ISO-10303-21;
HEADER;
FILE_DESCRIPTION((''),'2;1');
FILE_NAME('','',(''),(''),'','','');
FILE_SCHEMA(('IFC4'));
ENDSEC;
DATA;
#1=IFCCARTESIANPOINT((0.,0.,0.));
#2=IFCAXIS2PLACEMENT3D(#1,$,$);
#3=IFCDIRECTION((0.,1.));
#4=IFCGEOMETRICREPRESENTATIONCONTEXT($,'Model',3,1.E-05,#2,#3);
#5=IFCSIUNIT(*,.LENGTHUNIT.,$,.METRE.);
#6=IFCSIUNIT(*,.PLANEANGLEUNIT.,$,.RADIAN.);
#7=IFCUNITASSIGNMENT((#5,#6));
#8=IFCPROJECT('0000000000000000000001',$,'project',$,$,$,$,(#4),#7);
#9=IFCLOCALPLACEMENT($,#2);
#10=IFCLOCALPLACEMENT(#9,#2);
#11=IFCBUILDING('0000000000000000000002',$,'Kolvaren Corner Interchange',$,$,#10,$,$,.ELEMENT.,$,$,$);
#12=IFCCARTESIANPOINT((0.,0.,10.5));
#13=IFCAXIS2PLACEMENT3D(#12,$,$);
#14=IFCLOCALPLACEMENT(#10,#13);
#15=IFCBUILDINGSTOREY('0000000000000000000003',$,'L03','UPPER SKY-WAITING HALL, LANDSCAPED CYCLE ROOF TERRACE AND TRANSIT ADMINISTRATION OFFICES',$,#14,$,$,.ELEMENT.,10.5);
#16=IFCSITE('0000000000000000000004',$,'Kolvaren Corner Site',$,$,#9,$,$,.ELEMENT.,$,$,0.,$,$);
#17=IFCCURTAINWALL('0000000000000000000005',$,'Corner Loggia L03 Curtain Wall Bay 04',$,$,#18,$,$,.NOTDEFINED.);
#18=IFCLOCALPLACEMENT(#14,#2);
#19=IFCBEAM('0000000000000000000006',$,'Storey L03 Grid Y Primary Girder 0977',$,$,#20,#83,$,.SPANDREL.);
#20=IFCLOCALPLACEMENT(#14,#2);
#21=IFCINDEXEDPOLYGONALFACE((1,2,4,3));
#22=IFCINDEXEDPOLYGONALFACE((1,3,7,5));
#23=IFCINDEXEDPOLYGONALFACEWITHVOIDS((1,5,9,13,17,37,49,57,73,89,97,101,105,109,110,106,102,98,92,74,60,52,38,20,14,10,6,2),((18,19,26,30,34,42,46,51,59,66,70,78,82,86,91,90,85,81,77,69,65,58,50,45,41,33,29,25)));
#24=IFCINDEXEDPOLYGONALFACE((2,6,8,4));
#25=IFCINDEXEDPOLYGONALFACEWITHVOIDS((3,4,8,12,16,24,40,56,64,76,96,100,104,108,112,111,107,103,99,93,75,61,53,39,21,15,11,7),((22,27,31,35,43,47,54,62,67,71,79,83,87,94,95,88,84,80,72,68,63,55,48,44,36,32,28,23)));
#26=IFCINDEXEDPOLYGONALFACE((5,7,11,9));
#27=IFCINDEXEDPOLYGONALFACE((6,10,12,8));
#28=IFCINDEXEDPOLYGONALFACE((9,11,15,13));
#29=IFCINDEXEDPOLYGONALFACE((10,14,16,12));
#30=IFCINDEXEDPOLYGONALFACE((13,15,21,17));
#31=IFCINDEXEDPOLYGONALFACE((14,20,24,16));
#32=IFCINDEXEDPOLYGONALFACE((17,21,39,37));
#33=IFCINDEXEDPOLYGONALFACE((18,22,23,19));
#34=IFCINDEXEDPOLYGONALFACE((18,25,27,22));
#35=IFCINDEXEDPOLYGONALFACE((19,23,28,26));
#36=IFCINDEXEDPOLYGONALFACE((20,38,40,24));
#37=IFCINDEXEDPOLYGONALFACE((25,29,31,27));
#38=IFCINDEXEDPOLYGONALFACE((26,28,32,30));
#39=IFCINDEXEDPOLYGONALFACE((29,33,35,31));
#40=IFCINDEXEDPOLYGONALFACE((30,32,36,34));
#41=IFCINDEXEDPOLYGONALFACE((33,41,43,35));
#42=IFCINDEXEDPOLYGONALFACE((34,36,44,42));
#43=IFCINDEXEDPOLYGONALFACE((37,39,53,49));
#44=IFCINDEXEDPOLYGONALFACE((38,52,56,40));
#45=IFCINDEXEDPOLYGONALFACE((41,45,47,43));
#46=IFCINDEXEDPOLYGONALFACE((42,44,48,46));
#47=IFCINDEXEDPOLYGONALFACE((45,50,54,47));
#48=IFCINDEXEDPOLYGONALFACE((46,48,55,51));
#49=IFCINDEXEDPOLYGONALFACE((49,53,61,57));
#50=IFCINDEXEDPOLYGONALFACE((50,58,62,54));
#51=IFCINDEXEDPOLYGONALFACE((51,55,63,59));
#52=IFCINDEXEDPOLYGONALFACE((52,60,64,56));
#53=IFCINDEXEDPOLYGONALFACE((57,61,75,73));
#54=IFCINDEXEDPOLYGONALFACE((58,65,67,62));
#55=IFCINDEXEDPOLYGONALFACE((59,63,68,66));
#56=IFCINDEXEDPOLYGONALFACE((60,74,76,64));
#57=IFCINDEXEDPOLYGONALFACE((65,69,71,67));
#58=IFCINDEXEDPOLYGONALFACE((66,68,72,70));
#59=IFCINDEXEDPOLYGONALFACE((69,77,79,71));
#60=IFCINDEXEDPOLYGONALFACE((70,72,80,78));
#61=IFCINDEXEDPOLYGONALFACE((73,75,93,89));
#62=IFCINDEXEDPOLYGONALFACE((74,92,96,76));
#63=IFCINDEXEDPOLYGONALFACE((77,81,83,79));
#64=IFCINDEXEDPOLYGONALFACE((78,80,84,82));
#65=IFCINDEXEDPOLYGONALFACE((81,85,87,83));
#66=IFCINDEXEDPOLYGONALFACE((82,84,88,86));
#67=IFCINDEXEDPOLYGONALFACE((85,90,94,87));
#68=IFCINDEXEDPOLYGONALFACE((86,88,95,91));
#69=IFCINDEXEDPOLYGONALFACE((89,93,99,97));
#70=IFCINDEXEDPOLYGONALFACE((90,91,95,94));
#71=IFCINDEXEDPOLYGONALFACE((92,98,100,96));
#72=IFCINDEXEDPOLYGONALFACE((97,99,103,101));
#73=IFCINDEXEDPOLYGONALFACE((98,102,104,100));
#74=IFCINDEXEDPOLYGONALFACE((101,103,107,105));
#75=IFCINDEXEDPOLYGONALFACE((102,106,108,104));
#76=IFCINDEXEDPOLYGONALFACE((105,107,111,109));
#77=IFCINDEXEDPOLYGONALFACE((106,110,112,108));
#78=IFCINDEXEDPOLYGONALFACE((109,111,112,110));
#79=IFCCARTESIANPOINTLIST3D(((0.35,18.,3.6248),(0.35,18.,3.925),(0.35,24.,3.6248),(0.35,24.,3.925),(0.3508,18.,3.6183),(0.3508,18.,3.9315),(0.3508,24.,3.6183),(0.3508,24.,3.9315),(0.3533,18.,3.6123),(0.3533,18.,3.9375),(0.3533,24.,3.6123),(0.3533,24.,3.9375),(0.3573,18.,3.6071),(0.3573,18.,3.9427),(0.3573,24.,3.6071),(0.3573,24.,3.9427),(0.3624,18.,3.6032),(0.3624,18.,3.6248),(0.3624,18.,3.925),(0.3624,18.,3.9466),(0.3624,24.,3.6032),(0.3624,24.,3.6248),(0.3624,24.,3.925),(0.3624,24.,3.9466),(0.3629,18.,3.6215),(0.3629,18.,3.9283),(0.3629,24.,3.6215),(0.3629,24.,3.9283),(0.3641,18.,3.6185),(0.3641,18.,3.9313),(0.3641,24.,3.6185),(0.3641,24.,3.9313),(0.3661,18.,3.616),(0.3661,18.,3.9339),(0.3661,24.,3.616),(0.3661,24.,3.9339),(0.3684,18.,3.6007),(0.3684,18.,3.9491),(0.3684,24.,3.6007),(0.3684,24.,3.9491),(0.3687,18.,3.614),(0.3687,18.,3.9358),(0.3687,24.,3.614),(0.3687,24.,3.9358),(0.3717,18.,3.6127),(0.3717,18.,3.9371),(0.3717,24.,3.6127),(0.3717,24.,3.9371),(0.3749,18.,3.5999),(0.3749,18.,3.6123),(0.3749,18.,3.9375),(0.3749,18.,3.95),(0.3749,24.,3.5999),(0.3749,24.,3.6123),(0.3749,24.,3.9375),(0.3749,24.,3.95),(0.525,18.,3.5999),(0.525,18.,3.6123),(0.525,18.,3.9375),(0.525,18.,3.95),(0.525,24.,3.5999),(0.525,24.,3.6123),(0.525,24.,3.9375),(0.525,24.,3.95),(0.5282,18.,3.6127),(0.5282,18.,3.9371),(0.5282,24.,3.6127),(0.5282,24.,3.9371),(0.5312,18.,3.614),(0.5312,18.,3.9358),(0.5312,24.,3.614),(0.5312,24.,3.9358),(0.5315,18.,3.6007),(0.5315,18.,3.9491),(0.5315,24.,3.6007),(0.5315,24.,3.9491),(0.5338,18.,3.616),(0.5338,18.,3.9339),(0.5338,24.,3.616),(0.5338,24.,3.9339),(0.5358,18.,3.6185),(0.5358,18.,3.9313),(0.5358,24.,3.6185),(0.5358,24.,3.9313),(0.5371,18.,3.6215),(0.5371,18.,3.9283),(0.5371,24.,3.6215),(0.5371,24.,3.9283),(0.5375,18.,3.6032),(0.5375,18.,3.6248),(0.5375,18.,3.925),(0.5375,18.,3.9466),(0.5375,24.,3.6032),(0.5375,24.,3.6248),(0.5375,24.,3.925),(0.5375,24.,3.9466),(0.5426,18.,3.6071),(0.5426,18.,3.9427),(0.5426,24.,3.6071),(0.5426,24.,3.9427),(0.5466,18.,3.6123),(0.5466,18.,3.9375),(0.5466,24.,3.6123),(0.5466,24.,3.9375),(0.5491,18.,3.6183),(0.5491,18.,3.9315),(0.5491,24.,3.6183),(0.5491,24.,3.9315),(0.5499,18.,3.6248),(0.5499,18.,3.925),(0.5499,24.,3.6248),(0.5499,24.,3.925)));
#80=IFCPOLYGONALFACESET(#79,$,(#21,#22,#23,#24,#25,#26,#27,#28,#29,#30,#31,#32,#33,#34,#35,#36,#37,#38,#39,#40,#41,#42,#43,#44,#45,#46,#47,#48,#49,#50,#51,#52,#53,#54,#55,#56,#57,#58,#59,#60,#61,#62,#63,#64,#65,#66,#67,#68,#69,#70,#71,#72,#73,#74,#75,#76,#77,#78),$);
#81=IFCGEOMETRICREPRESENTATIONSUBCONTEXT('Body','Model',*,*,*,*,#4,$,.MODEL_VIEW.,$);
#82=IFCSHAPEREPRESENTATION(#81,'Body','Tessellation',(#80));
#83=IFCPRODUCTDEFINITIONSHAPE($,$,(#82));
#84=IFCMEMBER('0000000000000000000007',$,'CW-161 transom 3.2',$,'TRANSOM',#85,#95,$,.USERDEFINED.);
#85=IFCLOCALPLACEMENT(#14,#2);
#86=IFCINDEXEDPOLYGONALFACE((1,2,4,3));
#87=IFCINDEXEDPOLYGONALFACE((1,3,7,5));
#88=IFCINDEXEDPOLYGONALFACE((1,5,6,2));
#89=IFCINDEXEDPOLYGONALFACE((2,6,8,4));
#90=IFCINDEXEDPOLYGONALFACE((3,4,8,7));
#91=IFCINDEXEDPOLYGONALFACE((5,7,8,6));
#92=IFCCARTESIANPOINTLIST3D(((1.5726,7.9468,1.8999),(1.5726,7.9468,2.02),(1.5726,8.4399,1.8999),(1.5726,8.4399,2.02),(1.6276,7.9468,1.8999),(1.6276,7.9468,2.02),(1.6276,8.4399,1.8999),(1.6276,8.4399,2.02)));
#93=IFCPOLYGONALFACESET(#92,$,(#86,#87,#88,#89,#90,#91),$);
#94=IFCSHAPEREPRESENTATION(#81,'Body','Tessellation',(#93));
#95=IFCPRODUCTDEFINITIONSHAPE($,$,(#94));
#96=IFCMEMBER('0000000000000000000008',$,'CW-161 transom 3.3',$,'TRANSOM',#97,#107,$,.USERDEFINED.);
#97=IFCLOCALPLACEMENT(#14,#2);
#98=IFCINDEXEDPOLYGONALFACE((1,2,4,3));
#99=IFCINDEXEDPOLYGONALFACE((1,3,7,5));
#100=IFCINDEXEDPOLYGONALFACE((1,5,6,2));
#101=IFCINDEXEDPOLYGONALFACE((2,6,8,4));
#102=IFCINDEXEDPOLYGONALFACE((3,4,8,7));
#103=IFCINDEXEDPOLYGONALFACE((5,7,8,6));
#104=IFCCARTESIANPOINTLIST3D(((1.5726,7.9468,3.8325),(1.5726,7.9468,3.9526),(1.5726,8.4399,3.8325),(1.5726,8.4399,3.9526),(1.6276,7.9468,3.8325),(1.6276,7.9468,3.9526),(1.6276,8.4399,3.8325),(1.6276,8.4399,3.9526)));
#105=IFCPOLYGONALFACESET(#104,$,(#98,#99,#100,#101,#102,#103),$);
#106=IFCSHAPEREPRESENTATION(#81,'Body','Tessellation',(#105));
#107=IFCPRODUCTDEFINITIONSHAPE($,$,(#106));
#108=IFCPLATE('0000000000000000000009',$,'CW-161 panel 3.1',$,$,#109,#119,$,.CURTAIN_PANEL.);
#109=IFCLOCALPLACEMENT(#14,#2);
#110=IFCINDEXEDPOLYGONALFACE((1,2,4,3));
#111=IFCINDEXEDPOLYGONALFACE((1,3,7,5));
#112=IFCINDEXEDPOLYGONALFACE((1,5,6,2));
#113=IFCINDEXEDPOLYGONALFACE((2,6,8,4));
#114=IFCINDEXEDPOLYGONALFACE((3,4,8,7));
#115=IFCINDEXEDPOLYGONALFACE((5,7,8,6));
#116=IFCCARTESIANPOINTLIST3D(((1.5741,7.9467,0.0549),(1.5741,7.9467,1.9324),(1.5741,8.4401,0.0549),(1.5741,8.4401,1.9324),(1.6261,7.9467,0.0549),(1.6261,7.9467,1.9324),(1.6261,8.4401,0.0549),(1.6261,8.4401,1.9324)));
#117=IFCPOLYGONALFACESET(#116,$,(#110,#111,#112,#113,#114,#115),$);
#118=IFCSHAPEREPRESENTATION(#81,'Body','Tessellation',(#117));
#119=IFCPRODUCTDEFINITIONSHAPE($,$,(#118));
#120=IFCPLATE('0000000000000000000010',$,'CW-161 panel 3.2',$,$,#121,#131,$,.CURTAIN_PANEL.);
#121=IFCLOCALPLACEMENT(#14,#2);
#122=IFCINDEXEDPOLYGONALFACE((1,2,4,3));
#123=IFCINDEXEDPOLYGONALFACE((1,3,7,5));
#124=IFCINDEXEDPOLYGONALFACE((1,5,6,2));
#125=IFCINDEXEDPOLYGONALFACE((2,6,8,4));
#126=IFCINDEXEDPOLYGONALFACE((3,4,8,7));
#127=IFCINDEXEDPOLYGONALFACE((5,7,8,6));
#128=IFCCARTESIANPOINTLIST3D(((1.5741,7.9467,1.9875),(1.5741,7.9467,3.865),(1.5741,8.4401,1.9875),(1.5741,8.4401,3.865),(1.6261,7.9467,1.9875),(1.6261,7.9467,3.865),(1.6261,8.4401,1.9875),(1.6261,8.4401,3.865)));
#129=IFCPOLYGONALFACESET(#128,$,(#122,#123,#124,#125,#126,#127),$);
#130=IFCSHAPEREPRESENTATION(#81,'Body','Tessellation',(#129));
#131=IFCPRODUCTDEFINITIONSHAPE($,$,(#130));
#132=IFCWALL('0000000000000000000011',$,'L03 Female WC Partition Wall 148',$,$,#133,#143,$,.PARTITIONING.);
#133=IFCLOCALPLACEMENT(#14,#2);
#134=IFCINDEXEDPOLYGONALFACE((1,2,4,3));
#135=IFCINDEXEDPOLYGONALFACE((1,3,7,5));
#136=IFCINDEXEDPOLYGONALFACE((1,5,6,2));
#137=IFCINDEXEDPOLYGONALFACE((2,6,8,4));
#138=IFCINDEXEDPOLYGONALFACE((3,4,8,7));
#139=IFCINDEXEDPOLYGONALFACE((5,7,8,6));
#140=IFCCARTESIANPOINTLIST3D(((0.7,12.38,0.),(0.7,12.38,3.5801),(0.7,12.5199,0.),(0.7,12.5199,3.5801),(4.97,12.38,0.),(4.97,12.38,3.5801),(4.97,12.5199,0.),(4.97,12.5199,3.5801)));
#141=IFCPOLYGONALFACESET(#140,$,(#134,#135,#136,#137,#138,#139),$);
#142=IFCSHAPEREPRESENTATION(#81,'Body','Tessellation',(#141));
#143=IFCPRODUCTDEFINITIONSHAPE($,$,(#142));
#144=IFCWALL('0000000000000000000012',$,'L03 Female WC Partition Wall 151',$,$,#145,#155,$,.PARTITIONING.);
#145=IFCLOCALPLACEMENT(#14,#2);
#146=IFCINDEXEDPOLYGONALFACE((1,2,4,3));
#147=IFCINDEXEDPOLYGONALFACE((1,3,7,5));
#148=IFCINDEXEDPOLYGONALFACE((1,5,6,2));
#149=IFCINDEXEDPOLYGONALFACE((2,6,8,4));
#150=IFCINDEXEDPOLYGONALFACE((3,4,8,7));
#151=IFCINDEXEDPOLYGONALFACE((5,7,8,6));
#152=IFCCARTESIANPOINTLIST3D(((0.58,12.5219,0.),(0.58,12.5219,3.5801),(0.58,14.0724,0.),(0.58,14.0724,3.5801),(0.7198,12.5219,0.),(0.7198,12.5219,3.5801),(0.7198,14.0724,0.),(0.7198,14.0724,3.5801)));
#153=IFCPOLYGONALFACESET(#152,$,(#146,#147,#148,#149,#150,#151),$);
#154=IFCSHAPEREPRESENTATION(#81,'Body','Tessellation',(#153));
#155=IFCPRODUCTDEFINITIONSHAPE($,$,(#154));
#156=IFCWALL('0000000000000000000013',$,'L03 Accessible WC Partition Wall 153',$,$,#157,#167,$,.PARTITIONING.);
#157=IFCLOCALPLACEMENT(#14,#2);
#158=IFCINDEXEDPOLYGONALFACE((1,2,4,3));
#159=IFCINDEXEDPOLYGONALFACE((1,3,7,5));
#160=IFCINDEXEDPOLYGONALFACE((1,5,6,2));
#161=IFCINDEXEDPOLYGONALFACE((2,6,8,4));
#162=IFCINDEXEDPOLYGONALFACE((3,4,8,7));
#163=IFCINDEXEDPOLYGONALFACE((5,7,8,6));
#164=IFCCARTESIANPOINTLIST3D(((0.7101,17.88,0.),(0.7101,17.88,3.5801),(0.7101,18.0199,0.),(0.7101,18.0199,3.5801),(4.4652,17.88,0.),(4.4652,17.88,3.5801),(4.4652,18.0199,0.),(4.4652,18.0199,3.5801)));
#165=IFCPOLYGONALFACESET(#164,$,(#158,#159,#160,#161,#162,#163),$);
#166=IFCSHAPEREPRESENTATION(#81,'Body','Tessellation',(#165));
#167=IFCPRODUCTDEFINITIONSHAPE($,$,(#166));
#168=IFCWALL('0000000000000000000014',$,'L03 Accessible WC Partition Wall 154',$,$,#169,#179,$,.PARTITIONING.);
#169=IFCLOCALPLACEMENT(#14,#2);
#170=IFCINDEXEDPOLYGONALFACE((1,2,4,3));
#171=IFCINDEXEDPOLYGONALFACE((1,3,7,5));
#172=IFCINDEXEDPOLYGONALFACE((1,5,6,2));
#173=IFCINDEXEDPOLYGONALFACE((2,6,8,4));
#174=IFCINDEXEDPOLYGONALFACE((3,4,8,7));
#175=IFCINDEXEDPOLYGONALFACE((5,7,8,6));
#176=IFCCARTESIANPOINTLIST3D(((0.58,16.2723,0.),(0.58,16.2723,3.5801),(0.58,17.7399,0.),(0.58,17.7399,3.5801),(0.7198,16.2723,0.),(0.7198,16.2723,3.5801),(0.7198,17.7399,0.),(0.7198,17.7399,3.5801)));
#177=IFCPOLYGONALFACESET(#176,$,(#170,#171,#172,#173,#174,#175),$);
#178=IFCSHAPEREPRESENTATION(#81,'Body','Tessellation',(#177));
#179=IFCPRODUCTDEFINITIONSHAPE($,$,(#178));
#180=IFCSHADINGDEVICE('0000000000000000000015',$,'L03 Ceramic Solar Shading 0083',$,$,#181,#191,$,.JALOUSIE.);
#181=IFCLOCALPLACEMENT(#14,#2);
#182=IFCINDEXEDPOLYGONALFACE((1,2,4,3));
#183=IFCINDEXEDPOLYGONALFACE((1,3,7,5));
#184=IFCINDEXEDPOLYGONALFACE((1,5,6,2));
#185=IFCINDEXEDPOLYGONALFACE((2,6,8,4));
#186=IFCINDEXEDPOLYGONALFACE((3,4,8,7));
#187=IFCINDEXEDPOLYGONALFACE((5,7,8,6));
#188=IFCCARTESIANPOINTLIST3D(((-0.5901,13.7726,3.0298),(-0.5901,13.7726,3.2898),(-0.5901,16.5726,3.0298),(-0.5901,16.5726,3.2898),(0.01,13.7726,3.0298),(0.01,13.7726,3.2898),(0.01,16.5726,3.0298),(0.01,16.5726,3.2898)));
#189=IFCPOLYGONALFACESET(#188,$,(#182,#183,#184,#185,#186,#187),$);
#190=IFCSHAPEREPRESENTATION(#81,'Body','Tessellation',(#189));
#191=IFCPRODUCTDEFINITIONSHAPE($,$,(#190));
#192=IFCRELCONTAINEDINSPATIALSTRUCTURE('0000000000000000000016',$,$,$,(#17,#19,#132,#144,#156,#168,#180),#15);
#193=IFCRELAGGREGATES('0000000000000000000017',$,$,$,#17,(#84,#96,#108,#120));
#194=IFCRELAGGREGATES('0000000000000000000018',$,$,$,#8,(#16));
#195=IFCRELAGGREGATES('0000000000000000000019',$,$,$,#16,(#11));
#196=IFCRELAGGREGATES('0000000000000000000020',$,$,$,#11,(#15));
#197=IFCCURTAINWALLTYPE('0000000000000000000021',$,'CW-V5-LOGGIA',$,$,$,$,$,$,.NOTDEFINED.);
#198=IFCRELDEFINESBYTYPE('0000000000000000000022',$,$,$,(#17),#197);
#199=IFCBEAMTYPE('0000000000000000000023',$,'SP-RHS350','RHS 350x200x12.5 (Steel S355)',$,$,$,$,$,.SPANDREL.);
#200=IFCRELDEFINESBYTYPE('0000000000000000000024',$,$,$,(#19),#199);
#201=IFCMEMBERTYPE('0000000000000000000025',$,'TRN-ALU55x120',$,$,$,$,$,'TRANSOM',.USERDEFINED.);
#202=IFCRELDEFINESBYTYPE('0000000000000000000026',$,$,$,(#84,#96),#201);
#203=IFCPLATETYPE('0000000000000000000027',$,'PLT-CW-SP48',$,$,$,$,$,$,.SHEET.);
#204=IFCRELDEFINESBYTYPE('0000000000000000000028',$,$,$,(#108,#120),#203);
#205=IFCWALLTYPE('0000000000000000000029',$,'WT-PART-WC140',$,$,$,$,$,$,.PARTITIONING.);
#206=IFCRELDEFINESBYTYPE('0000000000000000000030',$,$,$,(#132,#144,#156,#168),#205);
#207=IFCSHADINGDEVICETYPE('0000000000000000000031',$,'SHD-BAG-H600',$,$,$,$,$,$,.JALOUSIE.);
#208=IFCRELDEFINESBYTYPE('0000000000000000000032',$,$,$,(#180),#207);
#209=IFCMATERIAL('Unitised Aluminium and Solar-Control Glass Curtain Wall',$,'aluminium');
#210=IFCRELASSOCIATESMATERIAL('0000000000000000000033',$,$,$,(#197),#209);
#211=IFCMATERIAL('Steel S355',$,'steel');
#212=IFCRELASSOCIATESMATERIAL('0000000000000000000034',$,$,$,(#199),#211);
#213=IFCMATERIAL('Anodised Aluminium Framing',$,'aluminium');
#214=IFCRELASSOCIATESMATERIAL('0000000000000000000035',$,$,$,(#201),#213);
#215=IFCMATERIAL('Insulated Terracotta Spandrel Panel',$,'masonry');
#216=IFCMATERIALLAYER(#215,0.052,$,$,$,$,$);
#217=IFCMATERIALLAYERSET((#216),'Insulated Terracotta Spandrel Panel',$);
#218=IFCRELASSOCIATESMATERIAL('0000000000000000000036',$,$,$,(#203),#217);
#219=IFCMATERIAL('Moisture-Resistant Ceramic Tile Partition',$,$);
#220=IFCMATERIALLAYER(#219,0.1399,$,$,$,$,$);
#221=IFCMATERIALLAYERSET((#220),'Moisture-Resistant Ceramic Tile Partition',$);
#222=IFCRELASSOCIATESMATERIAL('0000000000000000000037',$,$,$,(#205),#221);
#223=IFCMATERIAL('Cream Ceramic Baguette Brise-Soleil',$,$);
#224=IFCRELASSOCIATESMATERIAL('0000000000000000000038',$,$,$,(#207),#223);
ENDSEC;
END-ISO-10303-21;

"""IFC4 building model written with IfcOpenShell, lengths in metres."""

from ifc_helpers import new_model, si_unit, direction, frame, frame_2d, origin, origin_2d, place, context, subcontext, project, spatial, rectangle, hollow_rectangle, extrude, material, layer, layer_set, material_profile, profile_set, type_object, element, aggregate, save


model = new_model("IFC4")

# Units and contexts
model_context = context("Model", 3, precision=1e-05, world=origin(), true_north=direction((0.0, 1.0)))
body_context = subcontext(model_context, "Body", "Model", "MODEL_VIEW")
ifc_project = project(units=[si_unit("LENGTHUNIT", "METRE"), si_unit("PLANEANGLEUNIT", "RADIAN")], contexts=[model_context])

# Site, building, storey
site_placement = place(None, origin())
site = spatial("IfcSite", under=ifc_project, at=site_placement, Name="Kolvaren Corner Site", CompositionType="ELEMENT", RefElevation=0.0)
building_placement = place(site_placement, origin())
building = spatial("IfcBuilding", under=site, at=building_placement, Name="Kolvaren Corner Interchange", CompositionType="ELEMENT")
storey_placement = place(building_placement, frame((0.0, 0.0, 10.5)))
storey = spatial("IfcBuildingStorey", under=building, at=storey_placement, Name="L03", Description="UPPER SKY-WAITING HALL, LANDSCAPED CYCLE ROOF TERRACE AND TRANSIT ADMINISTRATION OFFICES", CompositionType="ELEMENT", Elevation=10.5)

# Curtain wall
ifc_material_1 = material(Name="Unitised Aluminium and Solar-Control Glass Curtain Wall", Category="aluminium")
curtain_wall_type = type_object("IfcCurtainWallType", Name="CW-V5-LOGGIA", PredefinedType="NOTDEFINED", material=ifc_material_1)
curtain_wall_placement = place(storey_placement, origin())
curtain_wall = element("IfcCurtainWall", 1, at=curtain_wall_placement, inside=storey, type_object=curtain_wall_type, Name="Corner Loggia L03 Curtain Wall Bay 04", PredefinedType="NOTDEFINED")

# Beam
ifc_material_2 = material(Name="Steel S355", Category="steel")
ifc_material_profile_1 = material_profile(ifc_material_2, hollow_rectangle(XDim=0.2, YDim=0.3501, WallThickness=0.0125, InnerFilletRadius=0.0125, OuterFilletRadius=0.0249, at=origin_2d()), Name="RHS 350x200x12.5")
ifc_profile_set_1 = profile_set([ifc_material_profile_1], Name="Steel S355")
beam_type_1 = type_object("IfcBeamType", Name="SP-RHS350", Description="RHS 350x200x12.5 (Steel S355)", PredefinedType="SPANDREL", material=ifc_profile_set_1)
for number, where, z_axis, x_axis, name in (
    (2, (0.45, 18.0, 3.7749), (0.0, 1.0, 0.0), (-1.0, 0.0, 0.0), "Storey L03 Grid Y Primary Girder 0977"),
):
    element("IfcBeam", number, at=place(storey_placement, frame(where, z_axis=z_axis, x_axis=x_axis)), inside=storey, type_object=beam_type_1, Name=name, PredefinedType="SPANDREL", context=body_context, shape_type="SweptSolid", body=[
        extrude(hollow_rectangle(XDim=0.2, YDim=0.3501, WallThickness=0.0125, InnerFilletRadius=0.0125, OuterFilletRadius=0.0249, at=origin_2d()), origin(), (0.0, 0.0, 1.0), 6.0),
    ])

# Members
ifc_material_3 = material(Name="Anodised Aluminium Framing", Category="aluminium")
ifc_material_profile_2 = material_profile(ifc_material_3, rectangle(XDim=0.0549, YDim=0.1201, at=origin_2d()), Name="ALU 55x120")
ifc_profile_set_2 = profile_set([ifc_material_profile_2], Name="Anodised Aluminium Framing")
member_type_1 = type_object("IfcMemberType", Name="TRN-ALU55x120", ElementType="TRANSOM", PredefinedType="USERDEFINED", material=ifc_profile_set_2)
member_1_placement = place(storey_placement, frame((1.6001, 7.9468, 1.96), z_axis=(0.0, 1.0, 0.0), x_axis=(-1.0, 0.0, 0.0)))
member_1 = element("IfcMember", 3, at=member_1_placement, type_object=member_type_1, Name="CW-161 transom 3.2", ObjectType="TRANSOM", PredefinedType="USERDEFINED", context=body_context, shape_type="SweptSolid", body=[
    extrude(rectangle(XDim=0.0549, YDim=0.1201, at=origin_2d()), origin(), (0.0, 0.0, 1.0), 0.4932),
])
member_2_placement = place(storey_placement, frame((1.6001, 7.9468, 3.8926), z_axis=(0.0, 1.0, 0.0), x_axis=(-1.0, 0.0, 0.0)))
member_2 = element("IfcMember", 4, at=member_2_placement, type_object=member_type_1, Name="CW-161 transom 3.3", ObjectType="TRANSOM", PredefinedType="USERDEFINED", context=body_context, shape_type="SweptSolid", body=[
    extrude(rectangle(XDim=0.0549, YDim=0.1201, at=origin_2d()), origin(), (0.0, 0.0, 1.0), 0.4932),
])

# Plates
ifc_material_4 = material(Name="Insulated Terracotta Spandrel Panel", Category="masonry")
ifc_layer_1 = layer(ifc_material_4, 0.052)
ifc_layer_set_1 = layer_set([ifc_layer_1], Name="Insulated Terracotta Spandrel Panel")
plate_type = type_object("IfcPlateType", Name="PLT-CW-SP48", PredefinedType="SHEET", material=ifc_layer_set_1)
plate_1_placement = place(storey_placement, frame((1.6001, 8.1934, 0.0549), z_axis=(0.0, 0.0, 1.0), x_axis=(0.0, 1.0, 0.0)))
plate_1 = element("IfcPlate", 5, at=plate_1_placement, type_object=plate_type, Name="CW-161 panel 3.1", PredefinedType="CURTAIN_PANEL", context=body_context, shape_type="SweptSolid", body=[
    extrude(rectangle(XDim=0.4934, YDim=0.052, at=origin_2d()), origin(), (0.0, 0.0, 1.0), 1.8774),
])
plate_2_placement = place(storey_placement, frame((1.6001, 8.1934, 1.9875), z_axis=(0.0, 0.0, 1.0), x_axis=(0.0, 1.0, 0.0)))
plate_2 = element("IfcPlate", 6, at=plate_2_placement, type_object=plate_type, Name="CW-161 panel 3.2", PredefinedType="CURTAIN_PANEL", context=body_context, shape_type="SweptSolid", body=[
    extrude(rectangle(XDim=0.4934, YDim=0.052, at=origin_2d()), origin(), (0.0, 0.0, 1.0), 1.8774),
])
aggregate(curtain_wall, [member_1, member_2, plate_1, plate_2])

# Walls
ifc_material_5 = material(Name="Moisture-Resistant Ceramic Tile Partition")
ifc_layer_2 = layer(ifc_material_5, 0.1399)
ifc_layer_set_2 = layer_set([ifc_layer_2], Name="Moisture-Resistant Ceramic Tile Partition")
wall_type = type_object("IfcWallType", Name="WT-PART-WC140", PredefinedType="PARTITIONING", material=ifc_layer_set_2)
wall_1_placement = place(storey_placement, frame((0.7, 12.45, 0.0), z_axis=(0.0, 0.0, 1.0), x_axis=(1.0, 0.0, 0.0)))
element("IfcWall", 7, at=wall_1_placement, inside=storey, type_object=wall_type, Name="L03 Female WC Partition Wall 148", PredefinedType="PARTITIONING", context=body_context, shape_type="SweptSolid", body=[
    extrude(rectangle(XDim=4.27, YDim=0.1399, at=frame_2d((2.135, 0.0))), origin(), (0.0, 0.0, 1.0), 3.5801),
])
wall_2_placement = place(storey_placement, frame((0.6499, 14.0725, 0.0), z_axis=(0.0, 0.0, 1.0), x_axis=(0.0, -1.0, 0.0)))
element("IfcWall", 8, at=wall_2_placement, inside=storey, type_object=wall_type, Name="L03 Female WC Partition Wall 151", PredefinedType="PARTITIONING", context=body_context, shape_type="SweptSolid", body=[
    extrude(rectangle(XDim=1.5505, YDim=0.1399, at=frame_2d((0.7754, 0.0))), origin(), (0.0, 0.0, 1.0), 3.5801),
])
wall_3_placement = place(storey_placement, frame((4.4651, 17.95, 0.0), z_axis=(0.0, 0.0, 1.0), x_axis=(-1.0, 0.0, 0.0)))
element("IfcWall", 9, at=wall_3_placement, inside=storey, type_object=wall_type, Name="L03 Accessible WC Partition Wall 153", PredefinedType="PARTITIONING", context=body_context, shape_type="SweptSolid", body=[
    extrude(rectangle(XDim=3.7551, YDim=0.1399, at=frame_2d((1.8774, 0.0))), origin(), (0.0, 0.0, 1.0), 3.5801),
])
wall_4_placement = place(storey_placement, frame((0.6499, 17.74, 0.0), z_axis=(0.0, 0.0, 1.0), x_axis=(0.0, -1.0, 0.0)))
element("IfcWall", 10, at=wall_4_placement, inside=storey, type_object=wall_type, Name="L03 Accessible WC Partition Wall 154", PredefinedType="PARTITIONING", context=body_context, shape_type="SweptSolid", body=[
    extrude(rectangle(XDim=1.4675, YDim=0.1399, at=frame_2d((0.7339, 0.0))), origin(), (0.0, 0.0, 1.0), 3.5801),
])

# Shading device
ifc_material_6 = material(Name="Cream Ceramic Baguette Brise-Soleil")
shading_device_type = type_object("IfcShadingDeviceType", Name="SHD-BAG-H600", PredefinedType="JALOUSIE", material=ifc_material_6)
for number, where, z_axis, x_axis, name in (
    (11, (-0.29, 15.1726, 3.0298), (0.0, 0.0, 1.0), (0.0, -1.0, 0.0), "L03 Ceramic Solar Shading 0083"),
):
    element("IfcShadingDevice", number, at=place(storey_placement, frame(where, z_axis=z_axis, x_axis=x_axis)), inside=storey, type_object=shading_device_type, Name=name, PredefinedType="JALOUSIE", context=body_context, shape_type="SweptSolid", body=[
        extrude(rectangle(XDim=2.8, YDim=0.6001, at=origin_2d()), origin(), (0.0, 0.0, 1.0), 0.26),
    ])

save(model, "model.ifc")
